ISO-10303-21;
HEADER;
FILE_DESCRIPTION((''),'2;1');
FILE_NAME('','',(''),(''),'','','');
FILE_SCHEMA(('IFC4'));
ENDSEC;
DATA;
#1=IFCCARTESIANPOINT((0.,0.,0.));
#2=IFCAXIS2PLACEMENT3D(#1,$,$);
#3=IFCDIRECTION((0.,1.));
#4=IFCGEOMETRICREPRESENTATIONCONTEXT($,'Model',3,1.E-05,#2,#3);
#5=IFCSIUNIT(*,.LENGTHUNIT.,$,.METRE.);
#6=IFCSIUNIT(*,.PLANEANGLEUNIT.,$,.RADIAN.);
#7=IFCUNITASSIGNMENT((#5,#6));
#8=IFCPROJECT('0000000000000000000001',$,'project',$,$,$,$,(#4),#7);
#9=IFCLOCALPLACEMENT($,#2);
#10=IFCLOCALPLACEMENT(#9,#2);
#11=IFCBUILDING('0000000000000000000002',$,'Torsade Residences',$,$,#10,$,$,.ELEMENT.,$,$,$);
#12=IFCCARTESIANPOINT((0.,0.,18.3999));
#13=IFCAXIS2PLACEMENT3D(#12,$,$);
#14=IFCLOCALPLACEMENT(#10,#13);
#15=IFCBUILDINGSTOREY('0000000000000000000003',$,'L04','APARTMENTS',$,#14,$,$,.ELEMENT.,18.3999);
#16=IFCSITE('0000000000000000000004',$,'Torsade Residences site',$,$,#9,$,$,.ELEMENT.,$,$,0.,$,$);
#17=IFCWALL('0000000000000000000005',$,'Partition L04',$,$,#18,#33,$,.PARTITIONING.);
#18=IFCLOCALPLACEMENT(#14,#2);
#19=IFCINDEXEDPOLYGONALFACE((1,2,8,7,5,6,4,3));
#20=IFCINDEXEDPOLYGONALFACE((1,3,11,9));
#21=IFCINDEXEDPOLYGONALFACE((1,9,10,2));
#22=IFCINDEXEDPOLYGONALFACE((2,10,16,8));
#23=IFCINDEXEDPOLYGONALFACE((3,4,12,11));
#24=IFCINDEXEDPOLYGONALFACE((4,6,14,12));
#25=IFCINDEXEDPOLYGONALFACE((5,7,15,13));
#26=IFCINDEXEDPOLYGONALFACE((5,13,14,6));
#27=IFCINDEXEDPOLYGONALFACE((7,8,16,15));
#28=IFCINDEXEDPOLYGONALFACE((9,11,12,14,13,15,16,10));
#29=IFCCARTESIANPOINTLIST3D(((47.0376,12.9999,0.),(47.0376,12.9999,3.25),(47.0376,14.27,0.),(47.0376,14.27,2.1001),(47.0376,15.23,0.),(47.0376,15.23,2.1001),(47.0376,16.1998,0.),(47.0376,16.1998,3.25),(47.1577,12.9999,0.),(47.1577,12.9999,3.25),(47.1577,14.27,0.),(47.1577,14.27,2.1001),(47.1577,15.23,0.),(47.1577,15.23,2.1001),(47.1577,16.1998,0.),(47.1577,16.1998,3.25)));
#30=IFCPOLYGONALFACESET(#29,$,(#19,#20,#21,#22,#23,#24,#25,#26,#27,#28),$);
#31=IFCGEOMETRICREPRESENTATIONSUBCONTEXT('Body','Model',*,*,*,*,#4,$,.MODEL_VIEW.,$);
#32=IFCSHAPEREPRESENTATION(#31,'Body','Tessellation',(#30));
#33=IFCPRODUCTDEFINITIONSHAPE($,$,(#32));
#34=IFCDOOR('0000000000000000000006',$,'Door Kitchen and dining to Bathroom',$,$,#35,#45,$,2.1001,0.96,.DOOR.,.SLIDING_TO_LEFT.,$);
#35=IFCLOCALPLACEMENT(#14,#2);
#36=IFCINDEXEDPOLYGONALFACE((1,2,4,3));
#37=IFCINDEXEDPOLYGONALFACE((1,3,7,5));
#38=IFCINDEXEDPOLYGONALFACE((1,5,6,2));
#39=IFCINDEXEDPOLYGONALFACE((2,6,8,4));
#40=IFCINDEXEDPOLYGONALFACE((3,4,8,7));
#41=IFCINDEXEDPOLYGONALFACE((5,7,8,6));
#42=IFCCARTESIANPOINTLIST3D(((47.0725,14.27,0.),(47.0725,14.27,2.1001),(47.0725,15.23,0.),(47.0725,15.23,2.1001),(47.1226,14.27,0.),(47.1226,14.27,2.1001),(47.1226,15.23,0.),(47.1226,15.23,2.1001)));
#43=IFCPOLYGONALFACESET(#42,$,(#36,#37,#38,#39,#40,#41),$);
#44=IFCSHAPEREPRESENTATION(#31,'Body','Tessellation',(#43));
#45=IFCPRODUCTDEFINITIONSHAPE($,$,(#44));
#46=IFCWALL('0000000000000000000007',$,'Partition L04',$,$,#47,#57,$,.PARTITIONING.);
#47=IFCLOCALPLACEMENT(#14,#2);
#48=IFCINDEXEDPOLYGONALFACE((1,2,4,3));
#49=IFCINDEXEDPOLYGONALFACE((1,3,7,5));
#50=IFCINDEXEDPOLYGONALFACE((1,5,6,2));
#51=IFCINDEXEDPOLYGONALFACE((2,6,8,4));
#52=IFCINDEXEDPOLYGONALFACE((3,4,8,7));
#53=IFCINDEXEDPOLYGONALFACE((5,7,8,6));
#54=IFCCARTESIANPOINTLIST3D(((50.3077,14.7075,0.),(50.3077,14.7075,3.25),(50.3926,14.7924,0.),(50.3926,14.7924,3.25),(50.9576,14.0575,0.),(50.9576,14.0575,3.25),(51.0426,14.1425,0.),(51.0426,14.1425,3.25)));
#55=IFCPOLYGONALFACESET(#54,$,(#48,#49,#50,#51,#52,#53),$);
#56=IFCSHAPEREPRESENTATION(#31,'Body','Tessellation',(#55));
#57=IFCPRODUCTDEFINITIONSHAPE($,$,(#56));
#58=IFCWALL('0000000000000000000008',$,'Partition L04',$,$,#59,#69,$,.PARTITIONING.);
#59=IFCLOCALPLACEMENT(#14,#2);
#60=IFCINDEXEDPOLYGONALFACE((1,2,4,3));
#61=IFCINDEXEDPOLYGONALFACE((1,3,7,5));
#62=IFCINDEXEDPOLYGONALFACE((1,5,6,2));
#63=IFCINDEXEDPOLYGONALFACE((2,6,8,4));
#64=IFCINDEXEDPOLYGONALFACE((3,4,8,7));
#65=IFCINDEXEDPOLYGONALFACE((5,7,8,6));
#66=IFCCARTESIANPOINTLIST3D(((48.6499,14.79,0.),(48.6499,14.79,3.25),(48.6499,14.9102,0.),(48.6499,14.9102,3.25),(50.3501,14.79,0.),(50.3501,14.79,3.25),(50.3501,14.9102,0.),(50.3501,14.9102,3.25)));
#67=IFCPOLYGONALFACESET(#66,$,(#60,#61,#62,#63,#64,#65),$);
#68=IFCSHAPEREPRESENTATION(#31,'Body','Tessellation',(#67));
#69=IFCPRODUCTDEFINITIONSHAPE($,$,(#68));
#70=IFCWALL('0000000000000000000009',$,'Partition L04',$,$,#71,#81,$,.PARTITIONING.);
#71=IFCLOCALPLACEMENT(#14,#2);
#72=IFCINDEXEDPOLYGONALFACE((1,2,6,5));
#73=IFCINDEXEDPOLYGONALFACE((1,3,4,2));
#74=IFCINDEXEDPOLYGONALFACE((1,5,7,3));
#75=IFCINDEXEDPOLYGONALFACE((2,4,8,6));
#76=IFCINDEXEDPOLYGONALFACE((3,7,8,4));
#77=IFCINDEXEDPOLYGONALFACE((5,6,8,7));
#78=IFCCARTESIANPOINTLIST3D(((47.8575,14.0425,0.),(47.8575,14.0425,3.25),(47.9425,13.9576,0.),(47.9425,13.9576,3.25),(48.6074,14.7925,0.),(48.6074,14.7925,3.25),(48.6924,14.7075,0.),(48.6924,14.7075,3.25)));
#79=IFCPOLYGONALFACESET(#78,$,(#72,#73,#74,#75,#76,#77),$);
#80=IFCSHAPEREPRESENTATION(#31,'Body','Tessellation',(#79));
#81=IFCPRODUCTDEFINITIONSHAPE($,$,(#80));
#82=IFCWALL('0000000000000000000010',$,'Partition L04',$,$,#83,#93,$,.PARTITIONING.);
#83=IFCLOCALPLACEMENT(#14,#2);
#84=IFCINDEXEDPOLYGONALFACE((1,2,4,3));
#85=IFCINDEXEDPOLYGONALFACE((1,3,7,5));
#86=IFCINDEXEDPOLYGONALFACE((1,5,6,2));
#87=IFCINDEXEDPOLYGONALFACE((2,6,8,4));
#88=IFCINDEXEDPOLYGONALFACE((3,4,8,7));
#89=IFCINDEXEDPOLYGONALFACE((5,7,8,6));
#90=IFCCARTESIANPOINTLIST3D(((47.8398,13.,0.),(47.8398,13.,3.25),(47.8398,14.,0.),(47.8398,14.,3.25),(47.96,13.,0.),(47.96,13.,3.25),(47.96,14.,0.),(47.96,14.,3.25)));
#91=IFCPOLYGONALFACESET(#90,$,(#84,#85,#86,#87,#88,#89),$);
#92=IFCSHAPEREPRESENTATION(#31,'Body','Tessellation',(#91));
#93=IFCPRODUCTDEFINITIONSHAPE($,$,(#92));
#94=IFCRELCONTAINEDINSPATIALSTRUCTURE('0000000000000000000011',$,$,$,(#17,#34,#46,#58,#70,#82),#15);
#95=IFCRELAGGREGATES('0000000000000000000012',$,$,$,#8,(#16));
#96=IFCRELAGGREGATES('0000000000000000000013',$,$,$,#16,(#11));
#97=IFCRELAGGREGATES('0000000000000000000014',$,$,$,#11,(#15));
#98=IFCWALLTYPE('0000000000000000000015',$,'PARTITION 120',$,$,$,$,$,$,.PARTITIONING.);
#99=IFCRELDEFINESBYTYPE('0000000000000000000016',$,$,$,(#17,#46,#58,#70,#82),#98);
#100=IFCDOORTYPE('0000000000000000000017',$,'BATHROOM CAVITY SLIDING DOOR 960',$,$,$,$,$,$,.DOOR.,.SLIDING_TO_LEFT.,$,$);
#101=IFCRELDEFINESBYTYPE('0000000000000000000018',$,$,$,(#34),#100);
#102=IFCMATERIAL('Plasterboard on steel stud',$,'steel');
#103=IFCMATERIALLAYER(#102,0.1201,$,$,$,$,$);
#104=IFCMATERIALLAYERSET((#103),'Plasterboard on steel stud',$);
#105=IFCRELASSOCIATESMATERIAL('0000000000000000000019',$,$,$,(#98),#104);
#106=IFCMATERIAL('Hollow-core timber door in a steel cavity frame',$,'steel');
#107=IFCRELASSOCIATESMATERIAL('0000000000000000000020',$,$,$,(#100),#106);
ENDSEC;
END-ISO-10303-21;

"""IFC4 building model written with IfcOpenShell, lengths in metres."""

from ifc_helpers import new_model, si_unit, direction, frame, frame_2d, origin, place, context, subcontext, project, spatial, rectangle, extrude, material, layer, layer_set, type_object, element, fill, save


model = new_model("IFC4")

# Units and contexts
model_context = context("Model", 3, precision=1e-05, world=origin(), true_north=direction((0.0, 1.0)))
body_context = subcontext(model_context, "Body", "Model", "MODEL_VIEW")
ifc_project = project(units=[si_unit("LENGTHUNIT", "METRE"), si_unit("PLANEANGLEUNIT", "RADIAN")], contexts=[model_context])

# Site, building, storey
site_placement = place(None, origin())
site = spatial("IfcSite", under=ifc_project, at=site_placement, Name="Torsade Residences site", CompositionType="ELEMENT", RefElevation=0.0)
building_placement = place(site_placement, origin())
building = spatial("IfcBuilding", under=site, at=building_placement, Name="Torsade Residences", CompositionType="ELEMENT")
storey_placement = place(building_placement, frame((0.0, 0.0, 18.3999)))
storey = spatial("IfcBuildingStorey", under=building, at=storey_placement, Name="L04", Description="APARTMENTS", CompositionType="ELEMENT", Elevation=18.3999)

# Wall, opening, door
ifc_material_1 = material(Name="Plasterboard on steel stud", Category="steel")
ifc_layer_1 = layer(ifc_material_1, 0.1201)
ifc_layer_set_1 = layer_set([ifc_layer_1], Name="Plasterboard on steel stud")
wall_type_1 = type_object("IfcWallType", Name="PARTITION 120", PredefinedType="PARTITIONING", material=ifc_layer_set_1)
wall_1_placement = place(storey_placement, frame((47.0977, 16.2, 0.0), z_axis=(0.0, 0.0, 1.0), x_axis=(0.0, -1.0, 0.0)))
wall_1 = element("IfcWall", 1, at=wall_1_placement, inside=storey, type_object=wall_type_1, Name="Partition L04", PredefinedType="PARTITIONING", context=body_context, shape_type="SweptSolid", body=[
    extrude(rectangle(XDim=3.2, YDim=0.1201, at=frame_2d((1.6001, 0.0))), origin(), (0.0, 0.0, 1.0), 3.25),
])
opening_1_placement = place(wall_1_placement, frame((0.97, 0.0, 0.0)))
opening_1 = element("IfcOpeningElement", 2, at=opening_1_placement, cuts=wall_1, PredefinedType="OPENING", context=body_context, shape_type="SweptSolid", body=[
    extrude(rectangle(XDim=0.96, YDim=2.1001, at=frame_2d((0.48, 1.05))), frame((0.0, 0.0701, 0.0), z_axis=(0.0, -1.0, 0.0), x_axis=(1.0, 0.0, 0.0)), (0.0, 0.0, 1.0), 0.1401),
])
ifc_material_2 = material(Name="Hollow-core timber door in a steel cavity frame", Category="steel")
door_type_1 = type_object("IfcDoorType", Name="BATHROOM CAVITY SLIDING DOOR 960", OperationType="SLIDING_TO_LEFT", PredefinedType="DOOR", material=ifc_material_2)
door_1_placement = place(opening_1_placement, origin())
door_1 = element("IfcDoor", 3, at=door_1_placement, inside=storey, type_object=door_type_1, Name="Door Kitchen and dining to Bathroom", OperationType="SLIDING_TO_LEFT", OverallHeight=2.1001, OverallWidth=0.96, PredefinedType="DOOR", context=body_context, shape_type="SweptSolid", body=[
    extrude(rectangle(XDim=0.96, YDim=2.1001, at=frame_2d((0.48, 1.05))), frame((0.0, 0.0249, 0.0), z_axis=(0.0, -1.0, 0.0), x_axis=(1.0, 0.0, 0.0)), (0.0, 0.0, 1.0), 0.05),
])
fill(opening_1, door_1)

# Walls
wall_2_placement = place(storey_placement, frame((51.0, 14.1001, 0.0), z_axis=(0.0, 0.0, 1.0), x_axis=(-0.707107, 0.707107, 0.0)))
element("IfcWall", 4, at=wall_2_placement, inside=storey, type_object=wall_type_1, Name="Partition L04", PredefinedType="PARTITIONING", context=body_context, shape_type="SweptSolid", body=[
    extrude(rectangle(XDim=0.9192, YDim=0.1201, at=frame_2d((0.4595, 0.0))), origin(), (0.0, 0.0, 1.0), 3.25),
])
wall_3_placement = place(storey_placement, frame((50.3501, 14.8501, 0.0), z_axis=(0.0, 0.0, 1.0), x_axis=(-1.0, 0.0, 0.0)))
element("IfcWall", 5, at=wall_3_placement, inside=storey, type_object=wall_type_1, Name="Partition L04", PredefinedType="PARTITIONING", context=body_context, shape_type="SweptSolid", body=[
    extrude(rectangle(XDim=1.7002, YDim=0.1201, at=frame_2d((0.8501, 0.0))), origin(), (0.0, 0.0, 1.0), 3.25),
])
wall_4_placement = place(storey_placement, frame((48.6499, 14.75, 0.0), z_axis=(0.0, 0.0, 1.0), x_axis=(-0.707107, -0.707107, 0.0)))
element("IfcWall", 6, at=wall_4_placement, inside=storey, type_object=wall_type_1, Name="Partition L04", PredefinedType="PARTITIONING", context=body_context, shape_type="SweptSolid", body=[
    extrude(rectangle(XDim=1.0605, YDim=0.1201, at=frame_2d((0.5303, 0.0))), origin(), (0.0, 0.0, 1.0), 3.25),
])
wall_5_placement = place(storey_placement, frame((47.8999, 14.0, 0.0), z_axis=(0.0, 0.0, 1.0), x_axis=(0.0, -1.0, 0.0)))
element("IfcWall", 7, at=wall_5_placement, inside=storey, type_object=wall_type_1, Name="Partition L04", PredefinedType="PARTITIONING", context=body_context, shape_type="SweptSolid", body=[
    extrude(rectangle(XDim=1.0, YDim=0.1201, at=frame_2d((0.5, 0.0))), origin(), (0.0, 0.0, 1.0), 3.25),
])

save(model, "model.ifc")
